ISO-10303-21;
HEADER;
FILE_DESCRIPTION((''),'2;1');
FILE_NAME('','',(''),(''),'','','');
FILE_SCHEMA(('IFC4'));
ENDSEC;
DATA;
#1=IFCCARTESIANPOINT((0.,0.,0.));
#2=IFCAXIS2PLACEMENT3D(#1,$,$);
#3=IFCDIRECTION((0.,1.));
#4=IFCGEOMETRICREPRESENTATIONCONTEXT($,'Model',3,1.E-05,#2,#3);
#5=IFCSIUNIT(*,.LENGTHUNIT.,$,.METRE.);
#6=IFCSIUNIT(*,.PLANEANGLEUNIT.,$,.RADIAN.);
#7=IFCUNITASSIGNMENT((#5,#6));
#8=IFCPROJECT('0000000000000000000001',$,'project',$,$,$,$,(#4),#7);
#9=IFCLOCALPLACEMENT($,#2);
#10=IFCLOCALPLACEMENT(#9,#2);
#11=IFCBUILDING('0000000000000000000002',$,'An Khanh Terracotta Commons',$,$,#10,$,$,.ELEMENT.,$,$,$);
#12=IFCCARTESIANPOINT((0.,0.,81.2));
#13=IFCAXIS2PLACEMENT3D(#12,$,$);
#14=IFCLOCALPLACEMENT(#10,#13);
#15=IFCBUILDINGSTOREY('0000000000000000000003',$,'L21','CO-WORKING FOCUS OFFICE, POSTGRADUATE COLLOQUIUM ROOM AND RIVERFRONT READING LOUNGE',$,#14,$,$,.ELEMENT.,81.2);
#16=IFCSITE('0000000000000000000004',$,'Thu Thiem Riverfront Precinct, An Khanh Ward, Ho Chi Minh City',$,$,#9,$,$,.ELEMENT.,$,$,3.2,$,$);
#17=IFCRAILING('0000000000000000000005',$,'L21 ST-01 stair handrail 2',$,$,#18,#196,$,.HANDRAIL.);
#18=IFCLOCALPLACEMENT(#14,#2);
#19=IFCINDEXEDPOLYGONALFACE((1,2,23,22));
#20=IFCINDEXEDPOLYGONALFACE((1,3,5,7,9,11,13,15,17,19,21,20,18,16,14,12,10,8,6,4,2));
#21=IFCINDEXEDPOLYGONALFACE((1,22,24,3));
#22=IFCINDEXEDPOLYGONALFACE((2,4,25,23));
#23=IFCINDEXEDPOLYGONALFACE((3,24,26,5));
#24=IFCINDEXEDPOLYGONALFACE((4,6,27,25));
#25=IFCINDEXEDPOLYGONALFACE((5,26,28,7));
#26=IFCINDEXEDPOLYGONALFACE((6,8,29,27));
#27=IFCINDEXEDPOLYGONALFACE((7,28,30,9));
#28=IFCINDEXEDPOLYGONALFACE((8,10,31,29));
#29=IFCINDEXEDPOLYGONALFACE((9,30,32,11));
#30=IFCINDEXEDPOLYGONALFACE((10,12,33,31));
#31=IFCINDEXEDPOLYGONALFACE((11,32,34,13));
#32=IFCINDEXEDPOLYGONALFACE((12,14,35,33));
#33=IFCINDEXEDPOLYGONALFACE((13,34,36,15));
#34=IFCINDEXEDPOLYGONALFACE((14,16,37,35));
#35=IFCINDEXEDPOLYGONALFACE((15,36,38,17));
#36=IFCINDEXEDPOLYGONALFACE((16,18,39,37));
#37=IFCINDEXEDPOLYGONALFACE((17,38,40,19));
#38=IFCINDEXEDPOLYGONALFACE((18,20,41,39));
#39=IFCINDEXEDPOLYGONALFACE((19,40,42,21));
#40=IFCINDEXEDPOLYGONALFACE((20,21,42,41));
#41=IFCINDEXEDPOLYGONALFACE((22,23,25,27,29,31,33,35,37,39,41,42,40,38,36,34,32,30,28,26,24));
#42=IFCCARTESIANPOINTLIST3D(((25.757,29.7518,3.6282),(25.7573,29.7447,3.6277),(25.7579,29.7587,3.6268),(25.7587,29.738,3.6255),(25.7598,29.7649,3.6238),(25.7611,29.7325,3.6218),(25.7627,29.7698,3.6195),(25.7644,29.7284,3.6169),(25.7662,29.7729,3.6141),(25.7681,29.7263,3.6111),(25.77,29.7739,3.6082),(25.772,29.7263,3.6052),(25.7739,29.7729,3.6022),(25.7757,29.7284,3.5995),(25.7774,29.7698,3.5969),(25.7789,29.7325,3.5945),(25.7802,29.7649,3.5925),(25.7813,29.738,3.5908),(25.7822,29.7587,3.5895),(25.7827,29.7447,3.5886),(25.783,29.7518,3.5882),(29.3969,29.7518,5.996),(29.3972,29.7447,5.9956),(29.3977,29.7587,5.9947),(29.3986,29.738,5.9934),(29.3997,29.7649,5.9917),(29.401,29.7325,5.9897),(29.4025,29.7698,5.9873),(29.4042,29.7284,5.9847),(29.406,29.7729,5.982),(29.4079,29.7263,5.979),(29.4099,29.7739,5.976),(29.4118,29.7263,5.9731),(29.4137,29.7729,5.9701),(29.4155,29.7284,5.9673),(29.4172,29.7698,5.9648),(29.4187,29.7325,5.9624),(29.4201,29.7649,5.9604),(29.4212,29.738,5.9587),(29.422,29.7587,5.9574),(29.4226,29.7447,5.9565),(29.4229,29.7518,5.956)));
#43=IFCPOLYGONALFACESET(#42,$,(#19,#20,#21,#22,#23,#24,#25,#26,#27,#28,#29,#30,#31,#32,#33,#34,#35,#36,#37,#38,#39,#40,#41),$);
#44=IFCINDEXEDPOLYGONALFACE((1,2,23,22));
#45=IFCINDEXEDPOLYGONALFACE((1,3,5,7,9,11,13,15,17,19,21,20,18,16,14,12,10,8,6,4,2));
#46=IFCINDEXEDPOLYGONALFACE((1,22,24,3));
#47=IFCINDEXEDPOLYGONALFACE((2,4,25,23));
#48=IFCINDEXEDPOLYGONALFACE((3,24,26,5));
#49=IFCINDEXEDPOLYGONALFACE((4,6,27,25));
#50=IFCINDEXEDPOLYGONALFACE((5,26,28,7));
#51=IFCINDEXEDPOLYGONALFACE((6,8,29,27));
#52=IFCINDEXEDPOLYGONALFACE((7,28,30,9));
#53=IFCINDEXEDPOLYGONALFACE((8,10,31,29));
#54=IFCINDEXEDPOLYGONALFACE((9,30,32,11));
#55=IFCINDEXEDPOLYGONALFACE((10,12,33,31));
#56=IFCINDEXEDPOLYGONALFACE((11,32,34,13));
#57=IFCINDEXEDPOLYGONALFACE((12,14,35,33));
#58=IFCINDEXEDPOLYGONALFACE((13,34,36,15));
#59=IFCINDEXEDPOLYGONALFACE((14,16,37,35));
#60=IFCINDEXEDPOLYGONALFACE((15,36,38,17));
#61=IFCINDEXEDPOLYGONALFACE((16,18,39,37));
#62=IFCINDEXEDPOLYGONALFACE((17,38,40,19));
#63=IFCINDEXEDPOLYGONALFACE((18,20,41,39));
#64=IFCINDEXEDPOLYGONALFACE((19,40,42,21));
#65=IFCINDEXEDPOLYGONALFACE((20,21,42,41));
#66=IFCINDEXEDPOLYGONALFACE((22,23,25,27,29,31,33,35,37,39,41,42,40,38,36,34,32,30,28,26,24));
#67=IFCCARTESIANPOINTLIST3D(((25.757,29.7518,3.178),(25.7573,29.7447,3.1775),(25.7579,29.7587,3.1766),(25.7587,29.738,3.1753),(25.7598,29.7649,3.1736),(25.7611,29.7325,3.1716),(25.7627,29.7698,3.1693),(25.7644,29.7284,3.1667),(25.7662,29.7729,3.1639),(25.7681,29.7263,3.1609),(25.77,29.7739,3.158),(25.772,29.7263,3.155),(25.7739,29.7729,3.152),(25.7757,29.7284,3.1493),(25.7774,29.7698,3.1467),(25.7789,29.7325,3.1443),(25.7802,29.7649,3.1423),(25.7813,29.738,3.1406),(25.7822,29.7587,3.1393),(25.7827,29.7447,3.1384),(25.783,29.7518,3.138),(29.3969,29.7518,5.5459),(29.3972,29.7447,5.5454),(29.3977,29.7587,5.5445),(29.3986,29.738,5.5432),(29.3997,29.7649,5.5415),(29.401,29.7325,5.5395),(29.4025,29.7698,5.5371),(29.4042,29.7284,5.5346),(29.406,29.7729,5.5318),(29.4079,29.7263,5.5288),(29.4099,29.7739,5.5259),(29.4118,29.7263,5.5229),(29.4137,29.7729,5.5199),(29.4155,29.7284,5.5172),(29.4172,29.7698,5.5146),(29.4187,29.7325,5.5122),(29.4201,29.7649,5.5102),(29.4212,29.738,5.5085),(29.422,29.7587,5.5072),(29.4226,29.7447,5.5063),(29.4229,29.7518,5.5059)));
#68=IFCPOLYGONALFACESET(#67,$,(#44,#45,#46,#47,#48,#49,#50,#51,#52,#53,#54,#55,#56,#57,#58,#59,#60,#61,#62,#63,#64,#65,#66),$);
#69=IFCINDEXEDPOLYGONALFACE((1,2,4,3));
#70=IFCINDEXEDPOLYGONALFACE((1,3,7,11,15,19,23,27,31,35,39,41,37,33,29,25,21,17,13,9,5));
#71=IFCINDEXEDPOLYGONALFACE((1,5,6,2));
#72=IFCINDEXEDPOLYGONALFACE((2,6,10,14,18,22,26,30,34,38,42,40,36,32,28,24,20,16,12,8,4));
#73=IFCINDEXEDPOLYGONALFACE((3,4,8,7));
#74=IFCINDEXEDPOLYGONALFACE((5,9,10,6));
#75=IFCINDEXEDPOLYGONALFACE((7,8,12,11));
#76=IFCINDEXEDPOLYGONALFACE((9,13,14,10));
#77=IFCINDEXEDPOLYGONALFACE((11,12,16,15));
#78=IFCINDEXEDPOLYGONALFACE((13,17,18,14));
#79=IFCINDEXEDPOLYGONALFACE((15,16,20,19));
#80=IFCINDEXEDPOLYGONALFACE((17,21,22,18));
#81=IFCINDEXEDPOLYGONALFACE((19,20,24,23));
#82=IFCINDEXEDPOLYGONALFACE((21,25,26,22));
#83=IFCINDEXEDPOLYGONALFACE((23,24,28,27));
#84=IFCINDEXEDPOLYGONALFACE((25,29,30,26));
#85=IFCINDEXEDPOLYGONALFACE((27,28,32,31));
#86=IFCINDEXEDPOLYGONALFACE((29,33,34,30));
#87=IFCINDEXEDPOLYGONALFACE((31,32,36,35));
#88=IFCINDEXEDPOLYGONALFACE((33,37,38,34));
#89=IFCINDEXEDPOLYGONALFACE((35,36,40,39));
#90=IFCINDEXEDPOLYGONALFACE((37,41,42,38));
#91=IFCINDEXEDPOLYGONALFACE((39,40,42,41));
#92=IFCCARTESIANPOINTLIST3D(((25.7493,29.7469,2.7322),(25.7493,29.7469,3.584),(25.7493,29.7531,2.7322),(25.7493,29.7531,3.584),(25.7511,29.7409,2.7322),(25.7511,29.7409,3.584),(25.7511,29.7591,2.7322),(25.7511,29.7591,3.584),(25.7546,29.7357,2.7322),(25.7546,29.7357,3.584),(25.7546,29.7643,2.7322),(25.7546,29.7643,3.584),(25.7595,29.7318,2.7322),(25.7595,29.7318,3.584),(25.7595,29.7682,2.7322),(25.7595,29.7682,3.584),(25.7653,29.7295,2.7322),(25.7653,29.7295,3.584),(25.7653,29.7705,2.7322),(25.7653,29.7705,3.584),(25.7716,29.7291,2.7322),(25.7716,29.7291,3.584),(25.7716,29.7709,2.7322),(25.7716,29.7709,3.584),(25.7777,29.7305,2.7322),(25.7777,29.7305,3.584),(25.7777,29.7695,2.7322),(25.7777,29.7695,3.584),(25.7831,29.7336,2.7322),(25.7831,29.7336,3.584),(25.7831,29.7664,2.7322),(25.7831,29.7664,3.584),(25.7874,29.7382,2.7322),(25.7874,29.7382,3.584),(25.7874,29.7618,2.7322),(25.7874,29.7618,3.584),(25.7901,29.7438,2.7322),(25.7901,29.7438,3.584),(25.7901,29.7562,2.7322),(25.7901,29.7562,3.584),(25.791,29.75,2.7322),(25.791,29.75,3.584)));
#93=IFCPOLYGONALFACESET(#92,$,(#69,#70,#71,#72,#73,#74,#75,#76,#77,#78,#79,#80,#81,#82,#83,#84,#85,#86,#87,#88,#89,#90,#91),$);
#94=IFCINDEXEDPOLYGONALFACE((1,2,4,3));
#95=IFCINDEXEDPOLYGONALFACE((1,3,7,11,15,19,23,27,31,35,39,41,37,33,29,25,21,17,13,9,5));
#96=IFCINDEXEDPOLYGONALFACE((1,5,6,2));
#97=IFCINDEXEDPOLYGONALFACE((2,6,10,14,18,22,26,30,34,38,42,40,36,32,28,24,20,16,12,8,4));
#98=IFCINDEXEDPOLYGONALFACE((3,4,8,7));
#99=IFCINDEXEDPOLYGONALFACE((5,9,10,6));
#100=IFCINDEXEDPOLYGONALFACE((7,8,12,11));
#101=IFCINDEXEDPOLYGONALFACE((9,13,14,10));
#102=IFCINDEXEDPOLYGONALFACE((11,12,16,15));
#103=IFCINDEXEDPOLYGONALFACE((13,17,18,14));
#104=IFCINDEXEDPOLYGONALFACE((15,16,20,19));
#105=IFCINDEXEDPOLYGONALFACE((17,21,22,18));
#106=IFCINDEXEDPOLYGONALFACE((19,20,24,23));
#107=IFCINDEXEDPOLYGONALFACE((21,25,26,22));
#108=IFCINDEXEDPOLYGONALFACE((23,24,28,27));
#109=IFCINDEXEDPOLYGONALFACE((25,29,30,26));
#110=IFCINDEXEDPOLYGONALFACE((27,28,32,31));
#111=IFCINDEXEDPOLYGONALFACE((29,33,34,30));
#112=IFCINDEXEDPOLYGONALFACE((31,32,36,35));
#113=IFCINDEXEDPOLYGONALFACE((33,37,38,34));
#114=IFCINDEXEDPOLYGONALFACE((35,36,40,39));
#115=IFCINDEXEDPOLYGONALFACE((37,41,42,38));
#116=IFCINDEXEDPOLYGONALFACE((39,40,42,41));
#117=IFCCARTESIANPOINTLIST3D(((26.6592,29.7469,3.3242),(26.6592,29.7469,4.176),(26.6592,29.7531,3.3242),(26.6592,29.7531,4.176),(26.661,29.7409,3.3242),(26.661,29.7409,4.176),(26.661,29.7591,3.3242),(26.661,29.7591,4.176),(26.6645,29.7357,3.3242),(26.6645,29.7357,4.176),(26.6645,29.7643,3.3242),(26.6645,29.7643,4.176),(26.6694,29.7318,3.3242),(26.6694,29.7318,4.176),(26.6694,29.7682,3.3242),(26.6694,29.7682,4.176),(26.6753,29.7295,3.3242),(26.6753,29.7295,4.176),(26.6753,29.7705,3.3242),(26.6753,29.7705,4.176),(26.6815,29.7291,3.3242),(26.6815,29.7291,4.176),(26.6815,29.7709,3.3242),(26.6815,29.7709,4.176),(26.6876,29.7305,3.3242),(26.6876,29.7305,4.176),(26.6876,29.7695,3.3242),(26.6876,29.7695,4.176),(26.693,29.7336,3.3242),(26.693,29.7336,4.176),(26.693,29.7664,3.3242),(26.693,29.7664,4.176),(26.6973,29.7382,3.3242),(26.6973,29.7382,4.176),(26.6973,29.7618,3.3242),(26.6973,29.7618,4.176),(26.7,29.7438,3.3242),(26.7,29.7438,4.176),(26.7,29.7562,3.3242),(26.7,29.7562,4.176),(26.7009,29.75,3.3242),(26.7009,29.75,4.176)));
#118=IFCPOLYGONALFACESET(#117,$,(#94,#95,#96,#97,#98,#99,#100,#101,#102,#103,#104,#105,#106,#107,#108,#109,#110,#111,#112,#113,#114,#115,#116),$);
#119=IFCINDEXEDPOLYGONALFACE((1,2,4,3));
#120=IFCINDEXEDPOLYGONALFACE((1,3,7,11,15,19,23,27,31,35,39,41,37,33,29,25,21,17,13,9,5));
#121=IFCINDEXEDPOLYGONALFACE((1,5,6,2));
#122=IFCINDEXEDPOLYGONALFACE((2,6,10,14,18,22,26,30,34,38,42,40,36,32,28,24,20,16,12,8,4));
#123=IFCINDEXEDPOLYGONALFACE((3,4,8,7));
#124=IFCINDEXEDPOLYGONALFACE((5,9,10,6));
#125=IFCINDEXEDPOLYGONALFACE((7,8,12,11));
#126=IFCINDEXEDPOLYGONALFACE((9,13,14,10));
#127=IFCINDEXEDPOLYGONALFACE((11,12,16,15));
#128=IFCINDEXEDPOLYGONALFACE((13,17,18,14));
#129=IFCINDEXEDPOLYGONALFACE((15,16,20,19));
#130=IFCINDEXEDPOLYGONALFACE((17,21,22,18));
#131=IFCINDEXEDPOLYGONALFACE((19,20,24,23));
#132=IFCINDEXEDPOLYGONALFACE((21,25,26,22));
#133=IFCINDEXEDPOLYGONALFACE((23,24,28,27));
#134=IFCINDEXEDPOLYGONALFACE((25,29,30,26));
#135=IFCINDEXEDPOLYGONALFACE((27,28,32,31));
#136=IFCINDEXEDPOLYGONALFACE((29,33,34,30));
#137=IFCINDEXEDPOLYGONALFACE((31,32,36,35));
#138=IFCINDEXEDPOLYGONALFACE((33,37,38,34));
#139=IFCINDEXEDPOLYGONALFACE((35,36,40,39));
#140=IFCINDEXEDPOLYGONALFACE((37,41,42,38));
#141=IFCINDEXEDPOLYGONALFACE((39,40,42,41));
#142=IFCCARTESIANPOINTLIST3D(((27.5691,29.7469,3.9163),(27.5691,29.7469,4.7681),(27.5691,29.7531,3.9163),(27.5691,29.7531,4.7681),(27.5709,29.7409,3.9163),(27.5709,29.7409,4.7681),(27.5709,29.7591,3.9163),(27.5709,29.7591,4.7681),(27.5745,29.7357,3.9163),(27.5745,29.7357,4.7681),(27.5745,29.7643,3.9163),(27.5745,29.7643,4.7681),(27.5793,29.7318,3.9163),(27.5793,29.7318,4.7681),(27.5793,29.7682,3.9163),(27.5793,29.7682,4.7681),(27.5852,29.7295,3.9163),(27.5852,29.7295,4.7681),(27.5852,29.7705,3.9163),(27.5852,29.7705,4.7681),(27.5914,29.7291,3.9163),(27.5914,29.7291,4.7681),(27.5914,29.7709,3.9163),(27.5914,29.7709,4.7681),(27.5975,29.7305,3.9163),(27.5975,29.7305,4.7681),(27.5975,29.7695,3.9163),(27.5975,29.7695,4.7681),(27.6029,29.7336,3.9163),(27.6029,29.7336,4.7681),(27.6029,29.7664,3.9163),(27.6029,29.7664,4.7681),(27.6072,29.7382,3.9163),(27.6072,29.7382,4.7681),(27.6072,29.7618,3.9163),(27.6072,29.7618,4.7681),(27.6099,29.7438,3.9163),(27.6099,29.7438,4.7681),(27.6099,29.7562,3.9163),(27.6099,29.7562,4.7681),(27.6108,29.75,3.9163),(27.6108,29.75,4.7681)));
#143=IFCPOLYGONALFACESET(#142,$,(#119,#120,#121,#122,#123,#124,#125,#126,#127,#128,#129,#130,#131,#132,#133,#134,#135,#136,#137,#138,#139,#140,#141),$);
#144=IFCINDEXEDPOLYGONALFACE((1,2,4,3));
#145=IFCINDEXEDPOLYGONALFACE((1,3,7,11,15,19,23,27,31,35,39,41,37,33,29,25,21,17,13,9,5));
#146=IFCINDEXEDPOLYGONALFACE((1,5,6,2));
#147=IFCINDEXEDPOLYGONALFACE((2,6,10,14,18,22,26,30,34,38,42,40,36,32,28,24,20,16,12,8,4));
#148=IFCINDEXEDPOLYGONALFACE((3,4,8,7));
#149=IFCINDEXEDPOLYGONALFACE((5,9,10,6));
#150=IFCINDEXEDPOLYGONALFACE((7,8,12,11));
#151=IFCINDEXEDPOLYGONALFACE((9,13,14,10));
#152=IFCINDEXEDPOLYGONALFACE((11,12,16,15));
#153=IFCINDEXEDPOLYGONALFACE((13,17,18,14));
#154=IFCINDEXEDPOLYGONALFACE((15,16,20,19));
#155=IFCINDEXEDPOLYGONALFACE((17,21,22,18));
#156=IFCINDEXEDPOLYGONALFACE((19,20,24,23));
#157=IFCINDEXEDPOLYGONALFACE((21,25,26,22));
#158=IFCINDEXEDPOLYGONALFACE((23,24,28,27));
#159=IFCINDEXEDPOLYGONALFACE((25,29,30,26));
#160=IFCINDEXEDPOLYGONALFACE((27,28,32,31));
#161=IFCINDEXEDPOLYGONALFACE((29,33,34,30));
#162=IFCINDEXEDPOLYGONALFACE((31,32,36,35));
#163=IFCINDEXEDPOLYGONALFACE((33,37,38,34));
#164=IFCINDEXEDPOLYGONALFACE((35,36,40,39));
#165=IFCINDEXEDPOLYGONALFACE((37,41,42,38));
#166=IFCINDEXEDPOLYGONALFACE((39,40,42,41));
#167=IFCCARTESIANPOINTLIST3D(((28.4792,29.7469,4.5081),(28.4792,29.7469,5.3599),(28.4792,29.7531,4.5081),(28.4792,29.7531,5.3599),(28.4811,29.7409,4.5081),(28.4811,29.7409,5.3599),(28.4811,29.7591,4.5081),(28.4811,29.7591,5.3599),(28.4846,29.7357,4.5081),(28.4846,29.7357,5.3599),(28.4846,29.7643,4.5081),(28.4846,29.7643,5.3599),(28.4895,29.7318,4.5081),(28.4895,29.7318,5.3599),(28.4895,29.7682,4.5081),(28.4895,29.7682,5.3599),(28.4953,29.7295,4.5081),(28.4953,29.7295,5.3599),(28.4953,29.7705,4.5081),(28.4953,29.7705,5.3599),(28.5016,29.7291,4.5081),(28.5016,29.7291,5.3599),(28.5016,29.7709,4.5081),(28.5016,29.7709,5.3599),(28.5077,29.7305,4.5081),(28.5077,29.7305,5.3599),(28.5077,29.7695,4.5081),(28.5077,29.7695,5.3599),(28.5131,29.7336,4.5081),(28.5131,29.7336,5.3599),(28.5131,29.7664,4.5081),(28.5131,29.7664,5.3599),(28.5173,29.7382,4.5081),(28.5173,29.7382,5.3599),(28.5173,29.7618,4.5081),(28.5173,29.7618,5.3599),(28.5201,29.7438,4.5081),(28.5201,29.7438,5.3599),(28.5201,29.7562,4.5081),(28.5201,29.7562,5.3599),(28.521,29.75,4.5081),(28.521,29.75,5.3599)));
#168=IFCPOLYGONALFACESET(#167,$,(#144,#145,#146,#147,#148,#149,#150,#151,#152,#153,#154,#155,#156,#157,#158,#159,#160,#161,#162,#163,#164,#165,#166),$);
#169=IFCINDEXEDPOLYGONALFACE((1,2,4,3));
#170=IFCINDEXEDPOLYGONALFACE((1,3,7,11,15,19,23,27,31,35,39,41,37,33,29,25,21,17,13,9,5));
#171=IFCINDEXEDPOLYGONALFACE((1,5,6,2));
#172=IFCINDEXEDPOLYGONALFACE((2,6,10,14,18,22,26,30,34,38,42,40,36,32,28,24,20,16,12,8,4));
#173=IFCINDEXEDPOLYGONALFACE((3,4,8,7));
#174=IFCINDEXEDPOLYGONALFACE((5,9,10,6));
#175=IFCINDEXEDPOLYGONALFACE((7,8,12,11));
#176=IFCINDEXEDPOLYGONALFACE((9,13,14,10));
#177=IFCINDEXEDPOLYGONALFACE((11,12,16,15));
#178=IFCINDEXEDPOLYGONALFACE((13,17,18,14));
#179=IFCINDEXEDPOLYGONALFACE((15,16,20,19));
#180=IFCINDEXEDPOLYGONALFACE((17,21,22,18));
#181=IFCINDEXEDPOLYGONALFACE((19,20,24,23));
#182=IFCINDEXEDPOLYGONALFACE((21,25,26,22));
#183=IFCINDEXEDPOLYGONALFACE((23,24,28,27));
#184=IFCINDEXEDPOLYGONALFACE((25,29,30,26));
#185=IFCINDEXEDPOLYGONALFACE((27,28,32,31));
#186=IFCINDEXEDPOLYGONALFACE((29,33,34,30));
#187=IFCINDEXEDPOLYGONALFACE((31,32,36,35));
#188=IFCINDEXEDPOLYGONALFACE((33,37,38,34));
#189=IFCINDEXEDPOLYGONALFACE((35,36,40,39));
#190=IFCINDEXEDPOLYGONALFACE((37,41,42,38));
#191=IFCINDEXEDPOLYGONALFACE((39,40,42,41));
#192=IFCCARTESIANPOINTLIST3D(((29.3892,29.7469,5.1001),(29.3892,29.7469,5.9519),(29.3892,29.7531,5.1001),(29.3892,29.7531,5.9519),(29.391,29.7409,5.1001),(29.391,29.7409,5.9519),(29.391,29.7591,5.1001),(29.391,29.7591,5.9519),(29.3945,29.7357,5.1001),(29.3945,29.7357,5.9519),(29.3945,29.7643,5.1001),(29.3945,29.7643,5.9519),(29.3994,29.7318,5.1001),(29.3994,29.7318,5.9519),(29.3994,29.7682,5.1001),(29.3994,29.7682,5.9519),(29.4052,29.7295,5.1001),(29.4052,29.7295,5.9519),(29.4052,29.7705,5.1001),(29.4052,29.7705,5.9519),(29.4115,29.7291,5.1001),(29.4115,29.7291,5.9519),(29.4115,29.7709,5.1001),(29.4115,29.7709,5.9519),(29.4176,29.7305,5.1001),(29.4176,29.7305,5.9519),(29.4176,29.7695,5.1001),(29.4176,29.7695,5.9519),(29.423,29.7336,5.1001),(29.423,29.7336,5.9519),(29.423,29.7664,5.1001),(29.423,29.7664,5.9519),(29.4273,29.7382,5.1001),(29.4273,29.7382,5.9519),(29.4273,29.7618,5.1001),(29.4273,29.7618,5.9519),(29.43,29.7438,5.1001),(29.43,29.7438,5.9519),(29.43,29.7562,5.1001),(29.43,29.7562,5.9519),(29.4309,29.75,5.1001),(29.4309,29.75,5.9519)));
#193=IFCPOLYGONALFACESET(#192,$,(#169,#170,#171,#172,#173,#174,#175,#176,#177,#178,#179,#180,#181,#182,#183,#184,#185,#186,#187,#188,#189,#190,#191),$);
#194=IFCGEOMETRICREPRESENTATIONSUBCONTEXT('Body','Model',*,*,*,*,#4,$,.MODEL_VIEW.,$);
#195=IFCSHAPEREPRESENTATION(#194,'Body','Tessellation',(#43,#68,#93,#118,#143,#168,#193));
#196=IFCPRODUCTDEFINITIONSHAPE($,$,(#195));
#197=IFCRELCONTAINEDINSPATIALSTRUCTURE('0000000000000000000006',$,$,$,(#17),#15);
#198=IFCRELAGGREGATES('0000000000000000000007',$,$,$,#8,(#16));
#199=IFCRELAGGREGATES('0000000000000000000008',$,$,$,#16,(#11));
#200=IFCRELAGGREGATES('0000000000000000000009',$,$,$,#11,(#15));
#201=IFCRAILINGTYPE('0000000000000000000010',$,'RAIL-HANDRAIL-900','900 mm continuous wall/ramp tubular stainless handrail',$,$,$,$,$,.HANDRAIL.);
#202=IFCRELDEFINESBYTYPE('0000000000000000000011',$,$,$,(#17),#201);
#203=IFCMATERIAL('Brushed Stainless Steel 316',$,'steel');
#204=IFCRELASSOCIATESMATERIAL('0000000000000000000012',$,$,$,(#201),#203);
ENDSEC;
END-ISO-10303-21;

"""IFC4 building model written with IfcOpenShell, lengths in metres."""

from ifc_helpers import new_model, si_unit, direction, frame, origin, origin_2d, place, context, subcontext, project, spatial, circle, extrude, material, type_object, element, save


model = new_model("IFC4")

# Units and contexts
model_context = context("Model", 3, precision=1e-05, world=origin(), true_north=direction((0.0, 1.0)))
body_context = subcontext(model_context, "Body", "Model", "MODEL_VIEW")
ifc_project = project(units=[si_unit("LENGTHUNIT", "METRE"), si_unit("PLANEANGLEUNIT", "RADIAN")], contexts=[model_context])

# Site, building, storey
site_placement = place(None, origin())
site = spatial("IfcSite", under=ifc_project, at=site_placement, Name="Thu Thiem Riverfront Precinct, An Khanh Ward, Ho Chi Minh City", CompositionType="ELEMENT", RefElevation=3.2)
building_placement = place(site_placement, origin())
building = spatial("IfcBuilding", under=site, at=building_placement, Name="An Khanh Terracotta Commons", CompositionType="ELEMENT")
storey_placement = place(building_placement, frame((0.0, 0.0, 81.2)))
storey = spatial("IfcBuildingStorey", under=building, at=storey_placement, Name="L21", Description="CO-WORKING FOCUS OFFICE, POSTGRADUATE COLLOQUIUM ROOM AND RIVERFRONT READING LOUNGE", CompositionType="ELEMENT", Elevation=81.2)

# Railing
ifc_material_1 = material(Name="Brushed Stainless Steel 316", Category="steel")
railing_type_1 = type_object("IfcRailingType", Name="RAIL-HANDRAIL-900", Description="900 mm continuous wall/ramp tubular stainless handrail", PredefinedType="HANDRAIL", material=ifc_material_1)
railing_1_placement = place(storey_placement, frame((25.77, 29.75, 2.7322)))
element("IfcRailing", 1, at=railing_1_placement, inside=storey, type_object=railing_type_1, Name="L21 ST-01 stair handrail 2", PredefinedType="HANDRAIL", context=body_context, shape_type="SweptSolid", body=[
    extrude(circle(Radius=0.0239, at=origin_2d()), frame((0.0, 0.0, 0.876), z_axis=(0.838234, 0.0, 0.54531), x_axis=(0.0, 1.0, 0.0)), (0.0, 0.0, 1.0), 4.3423),
    extrude(circle(Radius=0.0239, at=origin_2d()), frame((0.0, 0.0, 0.4258), z_axis=(0.838234, 0.0, 0.54531), x_axis=(0.0, 1.0, 0.0)), (0.0, 0.0, 1.0), 4.3423),
    extrude(circle(Radius=0.021, at=origin_2d()), origin(), (0.0, 0.0, 1.0), 0.8518),
    extrude(circle(Radius=0.021, at=origin_2d()), frame((0.9099, 0.0, 0.592)), (0.0, 0.0, 1.0), 0.8518),
    extrude(circle(Radius=0.021, at=origin_2d()), frame((1.8198, 0.0, 1.1841)), (0.0, 0.0, 1.0), 0.8518),
    extrude(circle(Radius=0.021, at=origin_2d()), frame((2.73, 0.0, 1.7759)), (0.0, 0.0, 1.0), 0.8518),
    extrude(circle(Radius=0.021, at=origin_2d()), frame((3.6399, 0.0, 2.3679)), (0.0, 0.0, 1.0), 0.8518),
])

save(model, "model.ifc")
